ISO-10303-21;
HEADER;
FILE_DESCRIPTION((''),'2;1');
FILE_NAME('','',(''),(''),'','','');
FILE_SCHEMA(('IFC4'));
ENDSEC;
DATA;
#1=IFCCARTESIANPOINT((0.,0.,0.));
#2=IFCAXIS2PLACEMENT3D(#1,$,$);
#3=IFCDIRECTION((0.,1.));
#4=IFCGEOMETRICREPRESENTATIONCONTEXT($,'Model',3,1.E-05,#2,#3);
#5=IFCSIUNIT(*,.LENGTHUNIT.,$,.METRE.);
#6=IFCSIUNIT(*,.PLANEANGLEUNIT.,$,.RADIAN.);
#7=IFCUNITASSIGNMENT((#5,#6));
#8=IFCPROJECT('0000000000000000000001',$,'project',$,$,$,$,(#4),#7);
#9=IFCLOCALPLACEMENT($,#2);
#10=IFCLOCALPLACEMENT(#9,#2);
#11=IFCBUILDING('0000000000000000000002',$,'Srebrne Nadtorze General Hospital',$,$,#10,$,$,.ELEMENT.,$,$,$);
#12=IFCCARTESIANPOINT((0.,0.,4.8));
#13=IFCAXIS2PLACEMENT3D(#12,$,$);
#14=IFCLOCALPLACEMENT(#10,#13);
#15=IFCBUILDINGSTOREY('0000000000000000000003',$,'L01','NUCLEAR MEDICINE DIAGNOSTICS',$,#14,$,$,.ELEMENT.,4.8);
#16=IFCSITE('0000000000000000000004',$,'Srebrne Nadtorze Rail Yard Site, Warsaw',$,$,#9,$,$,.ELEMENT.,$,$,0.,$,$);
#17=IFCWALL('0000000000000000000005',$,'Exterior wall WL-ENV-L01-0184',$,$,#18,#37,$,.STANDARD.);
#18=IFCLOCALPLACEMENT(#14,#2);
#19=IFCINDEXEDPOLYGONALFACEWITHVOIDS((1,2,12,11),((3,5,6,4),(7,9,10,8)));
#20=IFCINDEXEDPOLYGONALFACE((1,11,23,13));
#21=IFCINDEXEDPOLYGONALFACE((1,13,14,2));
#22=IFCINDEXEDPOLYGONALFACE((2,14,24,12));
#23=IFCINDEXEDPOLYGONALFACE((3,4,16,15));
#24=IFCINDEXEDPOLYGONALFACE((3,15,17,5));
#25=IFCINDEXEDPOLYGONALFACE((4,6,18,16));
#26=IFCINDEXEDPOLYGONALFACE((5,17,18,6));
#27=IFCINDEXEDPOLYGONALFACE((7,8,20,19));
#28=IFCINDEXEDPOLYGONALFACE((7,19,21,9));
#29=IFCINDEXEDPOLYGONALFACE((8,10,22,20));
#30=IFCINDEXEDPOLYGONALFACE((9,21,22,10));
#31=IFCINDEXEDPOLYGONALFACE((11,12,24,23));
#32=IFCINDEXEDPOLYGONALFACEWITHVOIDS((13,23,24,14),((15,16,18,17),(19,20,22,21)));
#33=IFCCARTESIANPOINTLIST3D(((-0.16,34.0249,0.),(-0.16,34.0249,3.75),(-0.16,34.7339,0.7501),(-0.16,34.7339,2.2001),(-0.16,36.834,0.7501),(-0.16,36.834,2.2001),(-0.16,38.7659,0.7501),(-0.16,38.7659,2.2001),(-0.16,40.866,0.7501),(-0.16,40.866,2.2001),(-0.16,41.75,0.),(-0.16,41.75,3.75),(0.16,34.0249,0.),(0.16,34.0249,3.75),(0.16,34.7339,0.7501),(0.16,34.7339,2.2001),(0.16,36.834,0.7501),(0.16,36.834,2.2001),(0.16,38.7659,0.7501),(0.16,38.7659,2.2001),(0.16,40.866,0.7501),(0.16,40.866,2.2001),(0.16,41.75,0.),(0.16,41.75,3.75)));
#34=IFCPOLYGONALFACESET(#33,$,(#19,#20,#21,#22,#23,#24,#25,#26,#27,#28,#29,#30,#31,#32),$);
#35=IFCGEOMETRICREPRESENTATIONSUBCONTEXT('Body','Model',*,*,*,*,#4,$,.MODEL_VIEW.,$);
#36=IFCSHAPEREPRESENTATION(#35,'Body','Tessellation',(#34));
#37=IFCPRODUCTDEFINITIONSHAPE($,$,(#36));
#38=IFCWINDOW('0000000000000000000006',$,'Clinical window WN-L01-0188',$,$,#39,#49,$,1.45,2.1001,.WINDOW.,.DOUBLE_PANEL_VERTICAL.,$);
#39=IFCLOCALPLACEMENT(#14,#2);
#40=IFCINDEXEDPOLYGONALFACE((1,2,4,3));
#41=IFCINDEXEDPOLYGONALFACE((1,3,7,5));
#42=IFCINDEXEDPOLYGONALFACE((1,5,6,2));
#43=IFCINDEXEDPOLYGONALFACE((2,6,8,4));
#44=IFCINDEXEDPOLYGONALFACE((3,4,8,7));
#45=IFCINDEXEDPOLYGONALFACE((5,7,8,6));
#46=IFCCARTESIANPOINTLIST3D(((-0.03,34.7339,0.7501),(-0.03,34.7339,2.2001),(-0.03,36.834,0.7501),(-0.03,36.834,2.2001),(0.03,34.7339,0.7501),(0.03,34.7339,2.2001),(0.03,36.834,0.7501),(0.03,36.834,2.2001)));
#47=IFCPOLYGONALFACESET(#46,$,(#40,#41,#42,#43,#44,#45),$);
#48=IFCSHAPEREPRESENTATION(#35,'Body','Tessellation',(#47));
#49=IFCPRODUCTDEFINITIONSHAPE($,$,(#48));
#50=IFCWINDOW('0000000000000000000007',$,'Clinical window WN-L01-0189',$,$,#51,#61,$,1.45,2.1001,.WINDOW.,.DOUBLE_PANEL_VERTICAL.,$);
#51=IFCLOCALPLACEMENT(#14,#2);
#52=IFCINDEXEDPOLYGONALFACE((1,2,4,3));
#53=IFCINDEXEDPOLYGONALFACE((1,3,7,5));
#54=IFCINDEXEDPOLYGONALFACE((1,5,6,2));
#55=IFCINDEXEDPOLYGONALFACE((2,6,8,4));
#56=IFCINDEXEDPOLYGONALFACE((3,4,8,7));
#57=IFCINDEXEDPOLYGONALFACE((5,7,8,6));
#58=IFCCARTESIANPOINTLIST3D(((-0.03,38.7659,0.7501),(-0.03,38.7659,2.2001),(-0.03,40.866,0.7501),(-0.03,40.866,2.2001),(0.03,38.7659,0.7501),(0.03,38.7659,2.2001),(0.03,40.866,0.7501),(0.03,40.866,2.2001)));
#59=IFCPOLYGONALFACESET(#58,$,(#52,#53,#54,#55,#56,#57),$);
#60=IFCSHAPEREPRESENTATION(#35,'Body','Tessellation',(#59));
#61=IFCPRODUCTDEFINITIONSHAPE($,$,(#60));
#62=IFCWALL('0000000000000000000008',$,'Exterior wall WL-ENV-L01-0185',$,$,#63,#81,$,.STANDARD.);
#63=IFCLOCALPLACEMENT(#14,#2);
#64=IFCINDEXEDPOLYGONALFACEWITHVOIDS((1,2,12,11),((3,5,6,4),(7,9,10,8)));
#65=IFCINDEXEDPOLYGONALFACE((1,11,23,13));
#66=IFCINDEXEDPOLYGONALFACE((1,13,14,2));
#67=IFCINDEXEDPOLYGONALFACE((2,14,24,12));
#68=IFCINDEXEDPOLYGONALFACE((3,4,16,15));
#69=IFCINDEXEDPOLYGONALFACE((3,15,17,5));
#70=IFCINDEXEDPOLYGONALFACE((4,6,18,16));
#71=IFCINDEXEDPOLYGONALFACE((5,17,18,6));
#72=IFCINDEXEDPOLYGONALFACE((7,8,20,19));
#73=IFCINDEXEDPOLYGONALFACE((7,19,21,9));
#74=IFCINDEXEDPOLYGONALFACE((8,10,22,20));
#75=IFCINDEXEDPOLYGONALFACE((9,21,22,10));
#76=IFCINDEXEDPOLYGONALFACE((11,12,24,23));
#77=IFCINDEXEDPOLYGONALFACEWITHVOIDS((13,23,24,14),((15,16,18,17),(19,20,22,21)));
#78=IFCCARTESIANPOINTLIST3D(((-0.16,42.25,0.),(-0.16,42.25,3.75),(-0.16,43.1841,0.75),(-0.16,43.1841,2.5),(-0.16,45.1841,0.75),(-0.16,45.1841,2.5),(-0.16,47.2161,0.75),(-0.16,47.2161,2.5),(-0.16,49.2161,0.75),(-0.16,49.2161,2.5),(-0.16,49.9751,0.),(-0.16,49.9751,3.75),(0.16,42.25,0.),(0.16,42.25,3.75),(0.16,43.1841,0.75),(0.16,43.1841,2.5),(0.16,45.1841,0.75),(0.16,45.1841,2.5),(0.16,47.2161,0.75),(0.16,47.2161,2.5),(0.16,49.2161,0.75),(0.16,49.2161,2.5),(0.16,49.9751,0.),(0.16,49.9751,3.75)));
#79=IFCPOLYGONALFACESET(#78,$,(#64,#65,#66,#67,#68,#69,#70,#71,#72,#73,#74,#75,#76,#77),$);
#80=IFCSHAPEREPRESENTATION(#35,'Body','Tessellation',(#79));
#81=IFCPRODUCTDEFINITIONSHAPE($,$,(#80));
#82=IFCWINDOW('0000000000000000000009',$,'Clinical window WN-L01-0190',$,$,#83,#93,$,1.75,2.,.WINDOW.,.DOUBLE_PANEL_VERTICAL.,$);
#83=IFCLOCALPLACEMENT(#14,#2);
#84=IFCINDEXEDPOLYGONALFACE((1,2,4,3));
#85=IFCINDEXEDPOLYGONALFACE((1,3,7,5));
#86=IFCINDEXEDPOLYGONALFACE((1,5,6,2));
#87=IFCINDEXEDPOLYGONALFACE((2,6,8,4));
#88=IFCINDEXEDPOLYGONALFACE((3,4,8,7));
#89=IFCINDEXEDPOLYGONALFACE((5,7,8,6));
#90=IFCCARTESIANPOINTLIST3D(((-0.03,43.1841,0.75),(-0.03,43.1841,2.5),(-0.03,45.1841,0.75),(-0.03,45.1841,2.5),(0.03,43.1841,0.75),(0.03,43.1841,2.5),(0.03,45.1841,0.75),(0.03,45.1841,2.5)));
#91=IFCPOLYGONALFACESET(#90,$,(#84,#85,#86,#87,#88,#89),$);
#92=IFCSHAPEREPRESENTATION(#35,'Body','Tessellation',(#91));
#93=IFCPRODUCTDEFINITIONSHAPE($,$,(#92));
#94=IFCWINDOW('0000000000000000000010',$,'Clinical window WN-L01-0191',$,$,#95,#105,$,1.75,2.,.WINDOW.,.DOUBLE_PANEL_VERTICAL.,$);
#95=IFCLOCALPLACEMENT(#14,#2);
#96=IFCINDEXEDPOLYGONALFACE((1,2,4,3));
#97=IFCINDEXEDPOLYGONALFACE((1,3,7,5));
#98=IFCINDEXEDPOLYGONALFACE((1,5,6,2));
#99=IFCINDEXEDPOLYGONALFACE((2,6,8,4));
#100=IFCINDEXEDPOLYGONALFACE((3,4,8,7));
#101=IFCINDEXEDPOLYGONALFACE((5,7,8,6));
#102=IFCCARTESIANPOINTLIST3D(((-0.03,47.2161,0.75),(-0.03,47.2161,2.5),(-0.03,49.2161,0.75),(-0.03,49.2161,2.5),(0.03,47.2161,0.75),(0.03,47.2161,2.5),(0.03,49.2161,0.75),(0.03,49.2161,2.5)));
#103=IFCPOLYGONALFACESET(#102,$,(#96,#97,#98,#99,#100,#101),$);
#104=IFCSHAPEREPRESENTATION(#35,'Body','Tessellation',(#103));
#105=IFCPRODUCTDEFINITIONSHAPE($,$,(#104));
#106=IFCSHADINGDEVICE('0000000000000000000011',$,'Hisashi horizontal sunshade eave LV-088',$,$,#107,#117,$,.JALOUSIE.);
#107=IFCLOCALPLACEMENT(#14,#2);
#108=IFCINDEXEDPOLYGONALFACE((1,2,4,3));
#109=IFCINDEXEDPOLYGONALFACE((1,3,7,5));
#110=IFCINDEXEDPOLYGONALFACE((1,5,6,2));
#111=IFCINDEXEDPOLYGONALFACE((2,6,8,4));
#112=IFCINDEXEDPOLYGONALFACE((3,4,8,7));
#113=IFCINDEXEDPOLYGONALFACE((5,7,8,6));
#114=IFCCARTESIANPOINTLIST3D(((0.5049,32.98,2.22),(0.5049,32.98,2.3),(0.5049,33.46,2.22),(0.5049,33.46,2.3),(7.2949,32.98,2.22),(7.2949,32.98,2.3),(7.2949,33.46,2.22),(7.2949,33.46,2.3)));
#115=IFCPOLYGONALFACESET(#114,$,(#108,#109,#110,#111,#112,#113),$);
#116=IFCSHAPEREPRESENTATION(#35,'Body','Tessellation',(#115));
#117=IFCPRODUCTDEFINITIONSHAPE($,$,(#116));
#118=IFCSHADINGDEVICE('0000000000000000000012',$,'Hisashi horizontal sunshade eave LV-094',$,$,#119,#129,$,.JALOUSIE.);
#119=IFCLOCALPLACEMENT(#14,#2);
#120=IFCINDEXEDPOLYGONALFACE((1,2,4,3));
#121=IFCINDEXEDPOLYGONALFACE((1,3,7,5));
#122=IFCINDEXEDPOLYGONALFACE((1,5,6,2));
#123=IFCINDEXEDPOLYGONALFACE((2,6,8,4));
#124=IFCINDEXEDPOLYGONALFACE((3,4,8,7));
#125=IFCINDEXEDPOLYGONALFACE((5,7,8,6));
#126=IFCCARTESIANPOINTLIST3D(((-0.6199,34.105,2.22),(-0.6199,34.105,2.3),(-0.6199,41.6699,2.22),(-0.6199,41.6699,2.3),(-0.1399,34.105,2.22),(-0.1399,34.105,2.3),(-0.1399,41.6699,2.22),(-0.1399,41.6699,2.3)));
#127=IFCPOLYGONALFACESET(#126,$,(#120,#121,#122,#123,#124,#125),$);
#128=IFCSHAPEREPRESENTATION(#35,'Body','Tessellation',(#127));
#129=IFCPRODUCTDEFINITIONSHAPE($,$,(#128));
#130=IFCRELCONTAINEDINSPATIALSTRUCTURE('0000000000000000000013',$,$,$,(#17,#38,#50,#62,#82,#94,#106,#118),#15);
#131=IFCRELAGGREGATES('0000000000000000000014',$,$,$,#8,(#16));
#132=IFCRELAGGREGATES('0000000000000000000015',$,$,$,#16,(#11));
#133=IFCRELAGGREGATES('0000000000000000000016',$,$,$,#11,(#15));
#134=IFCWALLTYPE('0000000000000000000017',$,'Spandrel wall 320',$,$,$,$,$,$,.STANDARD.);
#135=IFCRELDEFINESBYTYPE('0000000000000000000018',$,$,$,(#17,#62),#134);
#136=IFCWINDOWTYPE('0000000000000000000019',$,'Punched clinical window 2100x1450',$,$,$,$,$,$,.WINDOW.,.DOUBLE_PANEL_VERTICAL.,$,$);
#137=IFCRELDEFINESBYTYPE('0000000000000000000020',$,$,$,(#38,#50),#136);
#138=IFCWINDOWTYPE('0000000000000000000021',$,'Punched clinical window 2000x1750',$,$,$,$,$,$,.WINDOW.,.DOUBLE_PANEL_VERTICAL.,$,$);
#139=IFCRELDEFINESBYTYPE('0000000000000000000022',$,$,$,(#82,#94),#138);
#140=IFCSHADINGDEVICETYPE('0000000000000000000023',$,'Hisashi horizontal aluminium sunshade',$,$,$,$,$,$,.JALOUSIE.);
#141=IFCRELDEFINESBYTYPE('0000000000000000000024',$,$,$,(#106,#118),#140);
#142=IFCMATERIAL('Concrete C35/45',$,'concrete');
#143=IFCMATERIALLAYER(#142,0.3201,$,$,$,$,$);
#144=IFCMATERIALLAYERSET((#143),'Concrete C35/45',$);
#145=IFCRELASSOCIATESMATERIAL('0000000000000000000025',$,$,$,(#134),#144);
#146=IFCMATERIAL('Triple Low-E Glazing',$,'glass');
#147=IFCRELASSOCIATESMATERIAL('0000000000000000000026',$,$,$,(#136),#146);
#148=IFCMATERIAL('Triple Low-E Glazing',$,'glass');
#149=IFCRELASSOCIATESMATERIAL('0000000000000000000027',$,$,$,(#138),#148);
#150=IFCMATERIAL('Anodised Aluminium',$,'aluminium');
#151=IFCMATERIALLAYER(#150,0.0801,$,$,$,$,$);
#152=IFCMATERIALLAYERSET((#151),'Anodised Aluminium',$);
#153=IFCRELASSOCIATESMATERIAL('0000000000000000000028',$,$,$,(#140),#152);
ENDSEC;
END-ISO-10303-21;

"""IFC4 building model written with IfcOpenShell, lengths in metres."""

from ifc_helpers import new_model, si_unit, direction, frame, frame_2d, origin, origin_2d, place, context, subcontext, project, spatial, rectangle, extrude, material, layer, layer_set, type_object, element, fill, save


model = new_model("IFC4")

# Units and contexts
model_context = context("Model", 3, precision=1e-05, world=origin(), true_north=direction((0.0, 1.0)))
body_context = subcontext(model_context, "Body", "Model", "MODEL_VIEW")
ifc_project = project(units=[si_unit("LENGTHUNIT", "METRE"), si_unit("PLANEANGLEUNIT", "RADIAN")], contexts=[model_context])

# Site, building, storey
site_placement = place(None, origin())
site = spatial("IfcSite", under=ifc_project, at=site_placement, Name="Srebrne Nadtorze Rail Yard Site, Warsaw", CompositionType="ELEMENT", RefElevation=0.0)
building_placement = place(site_placement, origin())
building = spatial("IfcBuilding", under=site, at=building_placement, Name="Srebrne Nadtorze General Hospital", CompositionType="ELEMENT")
storey_placement = place(building_placement, frame((0.0, 0.0, 4.8)))
storey = spatial("IfcBuildingStorey", under=building, at=storey_placement, Name="L01", Description="NUCLEAR MEDICINE DIAGNOSTICS", CompositionType="ELEMENT", Elevation=4.8)

# Walls, openings, windows
ifc_material_1 = material(Name="Concrete C35/45", Category="concrete")
ifc_layer_1 = layer(ifc_material_1, 0.3201)
ifc_layer_set_1 = layer_set([ifc_layer_1], Name="Concrete C35/45")
wall_type_1 = type_object("IfcWallType", Name="Spandrel wall 320", PredefinedType="STANDARD", material=ifc_layer_set_1)
ifc_material_2 = material(Name="Triple Low-E Glazing", Category="glass")
window_type_1 = type_object("IfcWindowType", Name="Punched clinical window 2100x1450", PartitioningType="DOUBLE_PANEL_VERTICAL", PredefinedType="WINDOW", material=ifc_material_2)
wall_1_placement = place(storey_placement, frame((0.0, 34.0249, 0.0), z_axis=(0.0, 0.0, 1.0), x_axis=(0.0, 1.0, 0.0)))
wall_1 = element("IfcWall", 1, at=wall_1_placement, inside=storey, type_object=wall_type_1, Name="Exterior wall WL-ENV-L01-0184", PredefinedType="STANDARD", context=body_context, shape_type="SweptSolid", body=[
    extrude(rectangle(XDim=7.7251, YDim=0.3201, at=frame_2d((3.8625, 0.0))), origin(), (0.0, 0.0, 1.0), 3.75),
])
opening_1_placement = place(wall_1_placement, frame((0.709, 0.0, 0.75)))
opening_1 = element("IfcOpeningElement", 2, at=opening_1_placement, cuts=wall_1, PredefinedType="OPENING", context=body_context, shape_type="SweptSolid", body=[
    extrude(rectangle(XDim=2.1001, YDim=1.45, at=frame_2d((1.05, 0.7251))), frame((0.0, 0.1719, 0.0), z_axis=(0.0, -1.0, 0.0), x_axis=(1.0, 0.0, 0.0)), (0.0, 0.0, 1.0), 0.344),
])
opening_2_placement = place(wall_1_placement, frame((4.741, 0.0, 0.75)))
opening_2 = element("IfcOpeningElement", 3, at=opening_2_placement, cuts=wall_1, PredefinedType="OPENING", context=body_context, shape_type="SweptSolid", body=[
    extrude(rectangle(XDim=2.1001, YDim=1.45, at=frame_2d((1.05, 0.7251))), frame((0.0, 0.1719, 0.0), z_axis=(0.0, -1.0, 0.0), x_axis=(1.0, 0.0, 0.0)), (0.0, 0.0, 1.0), 0.344),
])
window_1_placement = place(opening_1_placement, origin())
window_1 = element("IfcWindow", 4, at=window_1_placement, inside=storey, type_object=window_type_1, Name="Clinical window WN-L01-0188", OverallHeight=1.45, OverallWidth=2.1001, PartitioningType="DOUBLE_PANEL_VERTICAL", PredefinedType="WINDOW", context=body_context, shape_type="SweptSolid", body=[
    extrude(rectangle(XDim=2.1001, YDim=1.45, at=frame_2d((1.05, 0.7251))), frame((0.0, 0.03, 0.0), z_axis=(0.0, -1.0, 0.0), x_axis=(1.0, 0.0, 0.0)), (0.0, 0.0, 1.0), 0.0601),
])
fill(opening_1, window_1)
window_2_placement = place(opening_2_placement, origin())
window_2 = element("IfcWindow", 5, at=window_2_placement, inside=storey, type_object=window_type_1, Name="Clinical window WN-L01-0189", OverallHeight=1.45, OverallWidth=2.1001, PartitioningType="DOUBLE_PANEL_VERTICAL", PredefinedType="WINDOW", context=body_context, shape_type="SweptSolid", body=[
    extrude(rectangle(XDim=2.1001, YDim=1.45, at=frame_2d((1.05, 0.7251))), frame((0.0, 0.03, 0.0), z_axis=(0.0, -1.0, 0.0), x_axis=(1.0, 0.0, 0.0)), (0.0, 0.0, 1.0), 0.0601),
])
fill(opening_2, window_2)
wall_2_placement = place(storey_placement, frame((0.0, 42.25, 0.0), z_axis=(0.0, 0.0, 1.0), x_axis=(0.0, 1.0, 0.0)))
wall_2 = element("IfcWall", 6, at=wall_2_placement, inside=storey, type_object=wall_type_1, Name="Exterior wall WL-ENV-L01-0185", PredefinedType="STANDARD", context=body_context, shape_type="SweptSolid", body=[
    extrude(rectangle(XDim=7.7251, YDim=0.3201, at=frame_2d((3.8625, 0.0))), origin(), (0.0, 0.0, 1.0), 3.75),
])
opening_3_placement = place(wall_2_placement, frame((0.9341, 0.0, 0.75)))
opening_3 = element("IfcOpeningElement", 7, at=opening_3_placement, cuts=wall_2, PredefinedType="OPENING", context=body_context, shape_type="SweptSolid", body=[
    extrude(rectangle(XDim=2.0, YDim=1.75, at=frame_2d((1.0, 0.875))), frame((0.0, 0.1719, 0.0), z_axis=(0.0, -1.0, 0.0), x_axis=(1.0, 0.0, 0.0)), (0.0, 0.0, 1.0), 0.344),
])
opening_4_placement = place(wall_2_placement, frame((4.9661, 0.0, 0.75)))
opening_4 = element("IfcOpeningElement", 8, at=opening_4_placement, cuts=wall_2, PredefinedType="OPENING", context=body_context, shape_type="SweptSolid", body=[
    extrude(rectangle(XDim=2.0, YDim=1.75, at=frame_2d((1.0, 0.875))), frame((0.0, 0.1719, 0.0), z_axis=(0.0, -1.0, 0.0), x_axis=(1.0, 0.0, 0.0)), (0.0, 0.0, 1.0), 0.344),
])
ifc_material_3 = material(Name="Triple Low-E Glazing", Category="glass")
window_type_2 = type_object("IfcWindowType", Name="Punched clinical window 2000x1750", PartitioningType="DOUBLE_PANEL_VERTICAL", PredefinedType="WINDOW", material=ifc_material_3)
window_3_placement = place(opening_3_placement, origin())
window_3 = element("IfcWindow", 9, at=window_3_placement, inside=storey, type_object=window_type_2, Name="Clinical window WN-L01-0190", OverallHeight=1.75, OverallWidth=2.0, PartitioningType="DOUBLE_PANEL_VERTICAL", PredefinedType="WINDOW", context=body_context, shape_type="SweptSolid", body=[
    extrude(rectangle(XDim=2.0, YDim=1.75, at=frame_2d((1.0, 0.875))), frame((0.0, 0.03, 0.0), z_axis=(0.0, -1.0, 0.0), x_axis=(1.0, 0.0, 0.0)), (0.0, 0.0, 1.0), 0.0601),
])
fill(opening_3, window_3)
window_4_placement = place(opening_4_placement, origin())
window_4 = element("IfcWindow", 10, at=window_4_placement, inside=storey, type_object=window_type_2, Name="Clinical window WN-L01-0191", OverallHeight=1.75, OverallWidth=2.0, PartitioningType="DOUBLE_PANEL_VERTICAL", PredefinedType="WINDOW", context=body_context, shape_type="SweptSolid", body=[
    extrude(rectangle(XDim=2.0, YDim=1.75, at=frame_2d((1.0, 0.875))), frame((0.0, 0.03, 0.0), z_axis=(0.0, -1.0, 0.0), x_axis=(1.0, 0.0, 0.0)), (0.0, 0.0, 1.0), 0.0601),
])
fill(opening_4, window_4)

# Shading devices
ifc_material_4 = material(Name="Anodised Aluminium", Category="aluminium")
ifc_layer_2 = layer(ifc_material_4, 0.0801)
ifc_layer_set_2 = layer_set([ifc_layer_2], Name="Anodised Aluminium")
shading_device_type = type_object("IfcShadingDeviceType", Name="Hisashi horizontal aluminium sunshade", PredefinedType="JALOUSIE", material=ifc_layer_set_2)
shading_device_1_placement = place(storey_placement, frame((3.8999, 33.22, 2.22), z_axis=(0.0, 0.0, 1.0), x_axis=(1.0, 0.0, 0.0)))
element("IfcShadingDevice", 11, at=shading_device_1_placement, inside=storey, type_object=shading_device_type, Name="Hisashi horizontal sunshade eave LV-088", PredefinedType="JALOUSIE", context=body_context, shape_type="SweptSolid", body=[
    extrude(rectangle(XDim=6.79, YDim=0.48, at=origin_2d()), origin(), (0.0, 0.0, 1.0), 0.0801),
])
shading_device_2_placement = place(storey_placement, frame((-0.3799, 37.8875, 2.22), z_axis=(0.0, 0.0, 1.0), x_axis=(1.0, 0.0, 0.0)))
element("IfcShadingDevice", 12, at=shading_device_2_placement, inside=storey, type_object=shading_device_type, Name="Hisashi horizontal sunshade eave LV-094", PredefinedType="JALOUSIE", context=body_context, shape_type="SweptSolid", body=[
    extrude(rectangle(XDim=0.48, YDim=7.5649, at=origin_2d()), origin(), (0.0, 0.0, 1.0), 0.0801),
])

save(model, "model.ifc")
